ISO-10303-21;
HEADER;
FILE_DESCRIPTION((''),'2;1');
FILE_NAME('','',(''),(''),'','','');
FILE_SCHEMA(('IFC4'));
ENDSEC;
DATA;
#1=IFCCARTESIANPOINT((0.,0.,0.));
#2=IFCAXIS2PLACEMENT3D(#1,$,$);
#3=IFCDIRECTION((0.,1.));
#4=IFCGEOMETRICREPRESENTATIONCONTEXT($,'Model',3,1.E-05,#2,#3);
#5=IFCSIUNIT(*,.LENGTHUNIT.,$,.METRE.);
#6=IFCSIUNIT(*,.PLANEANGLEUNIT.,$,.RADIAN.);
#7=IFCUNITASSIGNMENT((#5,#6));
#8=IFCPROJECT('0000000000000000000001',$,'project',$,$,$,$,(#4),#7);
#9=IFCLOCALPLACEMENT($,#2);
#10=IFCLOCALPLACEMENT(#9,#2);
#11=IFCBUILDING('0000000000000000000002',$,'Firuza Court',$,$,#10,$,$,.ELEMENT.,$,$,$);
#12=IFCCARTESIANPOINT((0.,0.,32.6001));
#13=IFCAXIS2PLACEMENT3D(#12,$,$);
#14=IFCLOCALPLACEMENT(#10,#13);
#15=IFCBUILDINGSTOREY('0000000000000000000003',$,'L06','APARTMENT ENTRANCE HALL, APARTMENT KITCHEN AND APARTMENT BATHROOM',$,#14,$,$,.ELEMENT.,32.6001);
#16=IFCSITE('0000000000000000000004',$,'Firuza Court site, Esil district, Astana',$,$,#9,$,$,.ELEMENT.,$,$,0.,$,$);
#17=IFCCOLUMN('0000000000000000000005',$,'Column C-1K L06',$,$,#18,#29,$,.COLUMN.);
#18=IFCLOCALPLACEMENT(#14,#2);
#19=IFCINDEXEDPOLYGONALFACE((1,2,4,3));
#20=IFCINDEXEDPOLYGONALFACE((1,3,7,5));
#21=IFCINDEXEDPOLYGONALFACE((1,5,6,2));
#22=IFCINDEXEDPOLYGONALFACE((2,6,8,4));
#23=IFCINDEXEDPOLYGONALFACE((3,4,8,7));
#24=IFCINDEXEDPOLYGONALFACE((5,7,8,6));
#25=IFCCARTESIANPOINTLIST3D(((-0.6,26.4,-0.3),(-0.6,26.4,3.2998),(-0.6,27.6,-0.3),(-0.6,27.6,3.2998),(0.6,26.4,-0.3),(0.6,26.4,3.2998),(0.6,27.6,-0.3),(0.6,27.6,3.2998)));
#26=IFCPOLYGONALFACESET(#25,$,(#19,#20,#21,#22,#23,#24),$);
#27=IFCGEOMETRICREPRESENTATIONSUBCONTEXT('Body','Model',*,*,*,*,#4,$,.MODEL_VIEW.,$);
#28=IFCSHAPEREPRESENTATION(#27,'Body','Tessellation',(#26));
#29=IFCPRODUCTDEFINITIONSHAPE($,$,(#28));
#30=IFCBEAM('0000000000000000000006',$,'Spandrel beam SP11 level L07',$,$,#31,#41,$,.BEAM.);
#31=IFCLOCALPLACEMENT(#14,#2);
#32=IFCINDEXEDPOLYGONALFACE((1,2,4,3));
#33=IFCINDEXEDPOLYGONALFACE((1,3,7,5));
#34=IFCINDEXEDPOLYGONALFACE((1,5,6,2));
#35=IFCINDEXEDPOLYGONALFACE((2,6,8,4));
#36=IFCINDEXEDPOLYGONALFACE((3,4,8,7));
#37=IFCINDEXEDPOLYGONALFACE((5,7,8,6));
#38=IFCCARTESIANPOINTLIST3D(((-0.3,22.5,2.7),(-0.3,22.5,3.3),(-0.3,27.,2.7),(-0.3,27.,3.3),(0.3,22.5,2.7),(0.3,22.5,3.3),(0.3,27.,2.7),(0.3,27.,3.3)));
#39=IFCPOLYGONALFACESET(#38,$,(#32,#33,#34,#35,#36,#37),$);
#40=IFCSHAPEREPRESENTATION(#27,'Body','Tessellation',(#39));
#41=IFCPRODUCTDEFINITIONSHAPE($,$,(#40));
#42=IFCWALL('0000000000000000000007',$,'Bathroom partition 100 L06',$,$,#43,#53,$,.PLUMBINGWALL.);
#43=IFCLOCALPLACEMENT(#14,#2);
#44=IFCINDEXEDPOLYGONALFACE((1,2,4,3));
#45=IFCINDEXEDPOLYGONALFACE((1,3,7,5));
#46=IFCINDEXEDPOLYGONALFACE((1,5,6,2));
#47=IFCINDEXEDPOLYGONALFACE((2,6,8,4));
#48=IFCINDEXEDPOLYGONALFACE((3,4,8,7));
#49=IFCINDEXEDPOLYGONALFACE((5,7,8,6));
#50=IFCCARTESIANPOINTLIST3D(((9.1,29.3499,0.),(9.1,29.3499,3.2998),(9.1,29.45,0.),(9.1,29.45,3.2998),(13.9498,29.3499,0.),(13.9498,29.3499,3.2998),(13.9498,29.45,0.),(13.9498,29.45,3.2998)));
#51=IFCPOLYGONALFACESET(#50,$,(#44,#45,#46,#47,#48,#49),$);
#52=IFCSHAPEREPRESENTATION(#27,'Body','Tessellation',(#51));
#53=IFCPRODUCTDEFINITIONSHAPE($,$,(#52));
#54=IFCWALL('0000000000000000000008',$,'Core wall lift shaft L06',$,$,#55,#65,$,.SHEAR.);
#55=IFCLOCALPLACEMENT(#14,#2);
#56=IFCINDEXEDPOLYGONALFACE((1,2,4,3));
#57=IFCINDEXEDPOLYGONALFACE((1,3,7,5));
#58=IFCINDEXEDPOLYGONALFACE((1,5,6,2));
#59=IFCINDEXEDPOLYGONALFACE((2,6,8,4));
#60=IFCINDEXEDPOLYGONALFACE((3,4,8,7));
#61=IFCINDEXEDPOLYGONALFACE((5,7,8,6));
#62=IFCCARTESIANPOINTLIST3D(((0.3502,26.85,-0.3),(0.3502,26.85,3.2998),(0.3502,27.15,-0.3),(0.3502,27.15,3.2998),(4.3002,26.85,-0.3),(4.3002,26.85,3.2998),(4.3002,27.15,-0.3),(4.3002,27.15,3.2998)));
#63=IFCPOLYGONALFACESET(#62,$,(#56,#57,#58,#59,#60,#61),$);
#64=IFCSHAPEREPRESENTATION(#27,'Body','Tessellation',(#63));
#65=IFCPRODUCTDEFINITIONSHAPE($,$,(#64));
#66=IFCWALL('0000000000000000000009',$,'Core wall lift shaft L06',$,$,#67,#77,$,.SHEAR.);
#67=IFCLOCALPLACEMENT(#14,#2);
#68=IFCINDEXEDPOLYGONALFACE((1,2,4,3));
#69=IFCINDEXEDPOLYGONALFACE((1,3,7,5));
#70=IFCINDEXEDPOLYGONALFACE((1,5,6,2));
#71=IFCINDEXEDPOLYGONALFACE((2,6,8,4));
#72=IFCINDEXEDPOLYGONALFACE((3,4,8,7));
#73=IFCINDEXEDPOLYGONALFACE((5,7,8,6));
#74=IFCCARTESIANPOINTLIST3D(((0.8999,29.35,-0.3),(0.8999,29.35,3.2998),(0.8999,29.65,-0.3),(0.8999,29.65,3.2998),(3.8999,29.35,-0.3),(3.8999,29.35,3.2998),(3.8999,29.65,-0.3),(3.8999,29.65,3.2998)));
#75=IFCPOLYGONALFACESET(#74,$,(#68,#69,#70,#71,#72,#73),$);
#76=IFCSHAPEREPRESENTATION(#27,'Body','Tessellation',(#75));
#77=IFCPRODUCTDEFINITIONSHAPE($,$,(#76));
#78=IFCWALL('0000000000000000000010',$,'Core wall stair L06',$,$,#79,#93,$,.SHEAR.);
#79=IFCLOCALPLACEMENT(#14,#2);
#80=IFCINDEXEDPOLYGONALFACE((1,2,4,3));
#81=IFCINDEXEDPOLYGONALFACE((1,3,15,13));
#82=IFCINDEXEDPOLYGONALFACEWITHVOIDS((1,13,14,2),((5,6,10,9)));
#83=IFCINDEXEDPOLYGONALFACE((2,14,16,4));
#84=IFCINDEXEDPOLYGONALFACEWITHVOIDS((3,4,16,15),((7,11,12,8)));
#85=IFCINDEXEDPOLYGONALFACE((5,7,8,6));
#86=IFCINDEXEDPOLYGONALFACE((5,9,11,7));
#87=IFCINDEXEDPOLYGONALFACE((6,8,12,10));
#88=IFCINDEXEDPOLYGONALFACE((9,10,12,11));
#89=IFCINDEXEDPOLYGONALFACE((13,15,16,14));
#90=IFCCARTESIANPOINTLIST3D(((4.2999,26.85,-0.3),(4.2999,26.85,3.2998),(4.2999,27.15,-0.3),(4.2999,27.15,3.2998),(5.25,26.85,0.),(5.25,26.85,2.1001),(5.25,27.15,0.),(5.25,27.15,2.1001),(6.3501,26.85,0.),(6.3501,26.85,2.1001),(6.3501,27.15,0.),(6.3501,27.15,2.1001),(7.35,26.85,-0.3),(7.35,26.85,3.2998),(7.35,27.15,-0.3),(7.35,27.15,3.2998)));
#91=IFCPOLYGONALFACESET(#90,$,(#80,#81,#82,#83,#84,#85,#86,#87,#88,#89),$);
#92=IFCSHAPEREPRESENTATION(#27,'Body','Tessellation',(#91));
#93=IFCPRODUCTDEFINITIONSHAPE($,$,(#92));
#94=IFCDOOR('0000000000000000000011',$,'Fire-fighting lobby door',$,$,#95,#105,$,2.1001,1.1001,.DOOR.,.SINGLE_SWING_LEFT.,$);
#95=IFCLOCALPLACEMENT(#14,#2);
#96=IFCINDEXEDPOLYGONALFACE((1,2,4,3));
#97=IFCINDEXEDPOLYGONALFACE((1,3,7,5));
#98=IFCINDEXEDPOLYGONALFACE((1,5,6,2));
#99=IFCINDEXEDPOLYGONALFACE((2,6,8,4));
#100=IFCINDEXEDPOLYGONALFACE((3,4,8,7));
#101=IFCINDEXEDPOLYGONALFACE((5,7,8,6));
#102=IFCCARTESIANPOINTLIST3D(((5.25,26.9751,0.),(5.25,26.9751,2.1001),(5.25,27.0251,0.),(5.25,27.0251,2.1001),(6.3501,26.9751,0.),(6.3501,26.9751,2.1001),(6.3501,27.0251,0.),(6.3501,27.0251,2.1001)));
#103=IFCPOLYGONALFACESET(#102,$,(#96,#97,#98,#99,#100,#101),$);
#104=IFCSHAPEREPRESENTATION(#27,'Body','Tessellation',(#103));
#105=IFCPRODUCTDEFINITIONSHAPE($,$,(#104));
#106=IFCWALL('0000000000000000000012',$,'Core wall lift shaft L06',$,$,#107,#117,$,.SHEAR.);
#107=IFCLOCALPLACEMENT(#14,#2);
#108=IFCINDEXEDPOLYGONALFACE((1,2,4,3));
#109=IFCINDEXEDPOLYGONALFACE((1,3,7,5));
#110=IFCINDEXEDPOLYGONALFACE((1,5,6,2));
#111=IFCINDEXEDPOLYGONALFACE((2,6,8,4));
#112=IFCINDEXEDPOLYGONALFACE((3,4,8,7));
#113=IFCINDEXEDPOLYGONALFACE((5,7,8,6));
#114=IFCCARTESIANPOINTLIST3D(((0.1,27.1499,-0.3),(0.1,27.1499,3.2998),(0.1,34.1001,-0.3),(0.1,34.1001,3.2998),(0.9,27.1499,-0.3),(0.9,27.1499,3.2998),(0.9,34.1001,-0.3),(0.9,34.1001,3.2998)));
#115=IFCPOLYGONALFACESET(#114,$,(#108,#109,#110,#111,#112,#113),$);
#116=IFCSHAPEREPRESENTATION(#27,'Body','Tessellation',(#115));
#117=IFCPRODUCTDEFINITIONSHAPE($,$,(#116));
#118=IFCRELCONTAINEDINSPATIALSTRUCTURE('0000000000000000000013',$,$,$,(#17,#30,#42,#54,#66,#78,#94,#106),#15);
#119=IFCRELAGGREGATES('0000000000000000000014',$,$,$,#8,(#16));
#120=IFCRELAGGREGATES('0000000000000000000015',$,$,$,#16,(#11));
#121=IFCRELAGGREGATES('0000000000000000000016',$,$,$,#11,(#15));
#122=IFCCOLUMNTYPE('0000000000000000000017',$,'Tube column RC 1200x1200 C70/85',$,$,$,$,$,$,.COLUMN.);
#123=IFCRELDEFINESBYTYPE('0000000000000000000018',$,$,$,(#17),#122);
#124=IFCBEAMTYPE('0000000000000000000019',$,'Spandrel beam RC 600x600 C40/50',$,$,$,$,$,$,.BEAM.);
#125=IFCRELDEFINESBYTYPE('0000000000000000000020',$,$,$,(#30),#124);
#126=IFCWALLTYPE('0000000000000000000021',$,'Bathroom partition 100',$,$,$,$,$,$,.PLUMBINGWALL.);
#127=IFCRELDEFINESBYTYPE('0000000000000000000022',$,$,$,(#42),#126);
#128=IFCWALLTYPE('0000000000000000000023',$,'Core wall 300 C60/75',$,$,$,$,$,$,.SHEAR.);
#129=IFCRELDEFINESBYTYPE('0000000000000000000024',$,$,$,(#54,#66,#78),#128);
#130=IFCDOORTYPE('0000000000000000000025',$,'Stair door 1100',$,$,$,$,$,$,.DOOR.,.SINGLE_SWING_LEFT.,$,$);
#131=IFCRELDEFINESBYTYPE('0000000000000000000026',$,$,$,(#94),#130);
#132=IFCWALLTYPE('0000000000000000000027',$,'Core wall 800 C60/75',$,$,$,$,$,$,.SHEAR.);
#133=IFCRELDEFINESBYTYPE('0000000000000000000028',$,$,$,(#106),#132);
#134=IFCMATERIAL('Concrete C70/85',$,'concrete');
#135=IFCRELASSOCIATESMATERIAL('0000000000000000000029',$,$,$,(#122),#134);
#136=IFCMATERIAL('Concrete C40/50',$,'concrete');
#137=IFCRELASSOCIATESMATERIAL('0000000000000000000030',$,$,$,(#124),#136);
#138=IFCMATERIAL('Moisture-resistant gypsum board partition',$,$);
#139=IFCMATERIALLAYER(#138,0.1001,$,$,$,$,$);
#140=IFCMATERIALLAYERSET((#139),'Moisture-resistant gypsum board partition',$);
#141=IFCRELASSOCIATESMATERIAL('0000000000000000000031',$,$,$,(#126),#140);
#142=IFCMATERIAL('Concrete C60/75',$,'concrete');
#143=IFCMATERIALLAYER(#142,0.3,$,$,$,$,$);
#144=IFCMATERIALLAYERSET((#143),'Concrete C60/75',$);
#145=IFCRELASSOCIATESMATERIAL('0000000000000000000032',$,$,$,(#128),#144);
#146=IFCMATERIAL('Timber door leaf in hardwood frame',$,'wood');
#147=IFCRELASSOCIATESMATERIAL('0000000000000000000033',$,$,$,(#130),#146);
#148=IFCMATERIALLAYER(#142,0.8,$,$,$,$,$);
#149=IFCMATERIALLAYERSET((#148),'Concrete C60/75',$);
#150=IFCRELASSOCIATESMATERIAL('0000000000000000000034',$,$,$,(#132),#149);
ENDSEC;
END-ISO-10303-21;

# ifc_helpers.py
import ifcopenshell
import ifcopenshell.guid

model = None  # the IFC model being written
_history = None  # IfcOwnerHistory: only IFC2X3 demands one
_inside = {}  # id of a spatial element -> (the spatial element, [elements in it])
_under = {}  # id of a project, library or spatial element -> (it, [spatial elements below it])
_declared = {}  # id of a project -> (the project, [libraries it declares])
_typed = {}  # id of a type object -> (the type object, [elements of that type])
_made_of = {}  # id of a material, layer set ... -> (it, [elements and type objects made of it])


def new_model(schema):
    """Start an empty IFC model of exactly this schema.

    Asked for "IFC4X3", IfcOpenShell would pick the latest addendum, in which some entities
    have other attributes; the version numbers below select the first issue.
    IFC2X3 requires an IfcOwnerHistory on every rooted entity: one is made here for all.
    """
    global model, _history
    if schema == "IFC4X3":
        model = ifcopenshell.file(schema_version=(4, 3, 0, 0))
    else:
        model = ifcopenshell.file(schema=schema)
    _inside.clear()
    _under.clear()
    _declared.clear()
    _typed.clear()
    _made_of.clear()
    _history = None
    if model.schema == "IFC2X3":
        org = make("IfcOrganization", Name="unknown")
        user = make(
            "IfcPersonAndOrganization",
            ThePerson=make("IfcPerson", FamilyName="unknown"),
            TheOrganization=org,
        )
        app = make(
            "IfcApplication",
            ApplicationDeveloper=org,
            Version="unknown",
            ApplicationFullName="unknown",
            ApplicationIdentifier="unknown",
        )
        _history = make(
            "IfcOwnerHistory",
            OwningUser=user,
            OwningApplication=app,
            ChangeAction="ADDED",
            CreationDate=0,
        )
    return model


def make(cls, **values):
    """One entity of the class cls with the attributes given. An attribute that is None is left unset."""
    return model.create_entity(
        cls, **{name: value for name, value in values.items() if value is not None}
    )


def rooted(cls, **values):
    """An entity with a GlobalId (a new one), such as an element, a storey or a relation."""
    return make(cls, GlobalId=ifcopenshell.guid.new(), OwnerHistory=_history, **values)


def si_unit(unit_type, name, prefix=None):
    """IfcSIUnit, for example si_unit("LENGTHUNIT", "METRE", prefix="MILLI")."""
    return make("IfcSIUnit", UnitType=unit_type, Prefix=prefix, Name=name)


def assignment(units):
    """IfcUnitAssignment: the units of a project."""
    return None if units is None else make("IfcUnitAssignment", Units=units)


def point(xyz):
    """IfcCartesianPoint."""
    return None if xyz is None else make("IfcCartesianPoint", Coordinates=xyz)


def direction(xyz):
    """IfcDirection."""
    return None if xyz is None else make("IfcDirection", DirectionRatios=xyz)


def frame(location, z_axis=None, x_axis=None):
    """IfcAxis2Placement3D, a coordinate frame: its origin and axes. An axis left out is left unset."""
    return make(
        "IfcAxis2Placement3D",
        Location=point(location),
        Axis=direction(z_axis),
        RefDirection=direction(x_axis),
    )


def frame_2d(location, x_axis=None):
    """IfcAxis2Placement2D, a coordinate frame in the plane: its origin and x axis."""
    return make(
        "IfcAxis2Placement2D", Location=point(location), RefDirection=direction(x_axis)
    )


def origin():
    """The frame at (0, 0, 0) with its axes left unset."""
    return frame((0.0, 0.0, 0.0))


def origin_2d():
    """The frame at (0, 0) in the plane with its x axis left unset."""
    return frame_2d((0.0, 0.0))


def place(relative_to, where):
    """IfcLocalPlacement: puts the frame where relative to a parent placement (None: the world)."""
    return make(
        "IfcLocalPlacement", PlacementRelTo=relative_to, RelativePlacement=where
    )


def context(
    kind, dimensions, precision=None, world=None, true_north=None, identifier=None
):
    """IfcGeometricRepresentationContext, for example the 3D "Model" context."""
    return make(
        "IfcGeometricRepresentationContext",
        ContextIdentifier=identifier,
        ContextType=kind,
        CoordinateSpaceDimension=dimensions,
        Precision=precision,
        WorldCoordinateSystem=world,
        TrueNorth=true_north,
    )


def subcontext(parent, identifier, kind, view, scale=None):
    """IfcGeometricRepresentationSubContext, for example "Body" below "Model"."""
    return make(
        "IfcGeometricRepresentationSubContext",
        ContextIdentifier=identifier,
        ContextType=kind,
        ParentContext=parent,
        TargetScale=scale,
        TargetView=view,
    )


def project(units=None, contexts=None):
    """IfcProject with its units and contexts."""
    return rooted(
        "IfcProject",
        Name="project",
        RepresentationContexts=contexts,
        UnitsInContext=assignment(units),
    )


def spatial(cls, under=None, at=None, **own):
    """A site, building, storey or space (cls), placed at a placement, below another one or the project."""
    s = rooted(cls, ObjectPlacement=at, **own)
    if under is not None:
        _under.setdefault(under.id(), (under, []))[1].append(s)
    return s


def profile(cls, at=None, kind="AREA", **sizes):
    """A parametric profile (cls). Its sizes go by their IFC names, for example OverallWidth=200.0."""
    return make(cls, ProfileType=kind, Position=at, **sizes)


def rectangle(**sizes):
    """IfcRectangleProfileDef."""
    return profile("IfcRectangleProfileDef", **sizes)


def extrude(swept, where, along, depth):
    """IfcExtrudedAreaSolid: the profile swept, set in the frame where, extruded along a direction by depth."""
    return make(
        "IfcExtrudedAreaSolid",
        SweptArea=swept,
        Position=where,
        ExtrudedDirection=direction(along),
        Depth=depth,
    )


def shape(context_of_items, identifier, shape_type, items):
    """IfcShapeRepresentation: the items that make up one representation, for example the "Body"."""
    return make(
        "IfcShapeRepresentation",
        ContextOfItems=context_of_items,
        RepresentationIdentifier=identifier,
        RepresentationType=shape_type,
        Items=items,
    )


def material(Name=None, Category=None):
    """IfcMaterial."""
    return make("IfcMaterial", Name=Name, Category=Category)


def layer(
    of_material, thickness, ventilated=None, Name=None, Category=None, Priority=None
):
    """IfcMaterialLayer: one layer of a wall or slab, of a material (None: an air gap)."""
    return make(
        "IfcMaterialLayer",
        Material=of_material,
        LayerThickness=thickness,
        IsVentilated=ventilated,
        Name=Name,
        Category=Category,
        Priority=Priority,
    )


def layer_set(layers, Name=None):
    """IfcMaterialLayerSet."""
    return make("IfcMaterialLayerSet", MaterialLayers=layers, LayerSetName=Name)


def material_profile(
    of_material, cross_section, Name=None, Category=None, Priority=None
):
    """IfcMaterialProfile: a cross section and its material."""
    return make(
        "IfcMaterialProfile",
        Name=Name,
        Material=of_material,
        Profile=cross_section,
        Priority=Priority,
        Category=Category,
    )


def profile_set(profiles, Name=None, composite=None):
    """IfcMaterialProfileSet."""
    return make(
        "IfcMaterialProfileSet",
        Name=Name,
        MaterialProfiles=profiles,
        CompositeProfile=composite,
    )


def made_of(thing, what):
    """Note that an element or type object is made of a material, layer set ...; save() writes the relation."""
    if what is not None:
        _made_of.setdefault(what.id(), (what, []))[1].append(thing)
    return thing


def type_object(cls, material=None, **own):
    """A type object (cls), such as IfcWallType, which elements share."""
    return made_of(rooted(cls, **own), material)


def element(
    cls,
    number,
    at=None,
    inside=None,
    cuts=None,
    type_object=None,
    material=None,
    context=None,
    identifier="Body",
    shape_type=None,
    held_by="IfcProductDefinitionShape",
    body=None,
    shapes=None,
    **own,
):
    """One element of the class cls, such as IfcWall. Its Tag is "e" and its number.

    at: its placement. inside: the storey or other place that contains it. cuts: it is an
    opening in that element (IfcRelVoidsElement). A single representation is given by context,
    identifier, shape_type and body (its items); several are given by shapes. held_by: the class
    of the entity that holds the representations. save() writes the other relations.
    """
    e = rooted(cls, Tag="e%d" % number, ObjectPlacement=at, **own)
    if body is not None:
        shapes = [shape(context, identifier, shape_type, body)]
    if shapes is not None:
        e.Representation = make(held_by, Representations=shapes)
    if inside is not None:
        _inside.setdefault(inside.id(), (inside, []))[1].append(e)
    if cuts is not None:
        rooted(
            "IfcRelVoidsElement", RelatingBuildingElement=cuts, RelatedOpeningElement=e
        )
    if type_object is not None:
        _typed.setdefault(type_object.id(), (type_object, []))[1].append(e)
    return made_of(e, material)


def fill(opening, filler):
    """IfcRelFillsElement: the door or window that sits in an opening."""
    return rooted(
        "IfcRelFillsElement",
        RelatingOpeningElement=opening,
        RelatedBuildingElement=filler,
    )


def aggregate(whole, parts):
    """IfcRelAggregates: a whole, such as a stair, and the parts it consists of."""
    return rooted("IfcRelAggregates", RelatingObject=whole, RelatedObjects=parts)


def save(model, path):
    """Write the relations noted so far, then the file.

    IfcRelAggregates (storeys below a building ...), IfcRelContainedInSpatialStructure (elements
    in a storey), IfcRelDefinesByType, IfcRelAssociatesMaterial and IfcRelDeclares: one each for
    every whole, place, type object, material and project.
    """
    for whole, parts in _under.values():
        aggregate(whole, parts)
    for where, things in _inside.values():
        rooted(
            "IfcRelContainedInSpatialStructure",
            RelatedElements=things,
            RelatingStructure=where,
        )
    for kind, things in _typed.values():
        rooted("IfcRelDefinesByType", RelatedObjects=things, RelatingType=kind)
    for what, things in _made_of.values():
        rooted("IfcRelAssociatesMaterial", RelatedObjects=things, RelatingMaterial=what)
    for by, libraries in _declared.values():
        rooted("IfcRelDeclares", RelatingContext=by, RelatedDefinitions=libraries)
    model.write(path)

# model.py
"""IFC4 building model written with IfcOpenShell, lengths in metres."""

from ifc_helpers import new_model, si_unit, direction, frame, frame_2d, origin, origin_2d, place, context, subcontext, project, spatial, rectangle, extrude, material, layer, layer_set, material_profile, profile_set, type_object, element, fill, save


model = new_model("IFC4")

# Units and contexts
model_context = context("Model", 3, precision=1e-05, world=origin(), true_north=direction((0.0, 1.0)))
body_context = subcontext(model_context, "Body", "Model", "MODEL_VIEW")
ifc_project = project(units=[si_unit("LENGTHUNIT", "METRE"), si_unit("PLANEANGLEUNIT", "RADIAN")], contexts=[model_context])

# Site, building, storey
site_placement = place(None, origin())
site = spatial("IfcSite", under=ifc_project, at=site_placement, Name="Firuza Court site, Esil district, Astana", CompositionType="ELEMENT", RefElevation=0.0)
building_placement = place(site_placement, origin())
building = spatial("IfcBuilding", under=site, at=building_placement, Name="Firuza Court", CompositionType="ELEMENT")
storey_placement = place(building_placement, frame((0.0, 0.0, 32.6001)))
storey = spatial("IfcBuildingStorey", under=building, at=storey_placement, Name="L06", Description="APARTMENT ENTRANCE HALL, APARTMENT KITCHEN AND APARTMENT BATHROOM", CompositionType="ELEMENT", Elevation=32.6001)

# Column
ifc_material_1 = material(Name="Concrete C70/85", Category="concrete")
ifc_material_profile_1 = material_profile(ifc_material_1, rectangle(XDim=1.2, YDim=1.2, at=origin_2d()), Name="RC 1200x1200")
ifc_profile_set_1 = profile_set([ifc_material_profile_1], Name="Concrete C70/85")
column_type = type_object("IfcColumnType", Name="Tube column RC 1200x1200 C70/85", PredefinedType="COLUMN", material=ifc_profile_set_1)
column_placement = place(storey_placement, frame((0.0, 27.0, -0.3), z_axis=(0.0, 0.0, 1.0), x_axis=(1.0, 0.0, 0.0)))
element("IfcColumn", 1, at=column_placement, inside=storey, type_object=column_type, Name="Column C-1K L06", PredefinedType="COLUMN", context=body_context, shape_type="SweptSolid", body=[
    extrude(rectangle(XDim=1.2, YDim=1.2, at=origin_2d()), origin(), (0.0, 0.0, 1.0), 3.5999),
])

# Beam
ifc_material_2 = material(Name="Concrete C40/50", Category="concrete")
ifc_material_profile_2 = material_profile(ifc_material_2, rectangle(XDim=0.6001, YDim=0.6001, at=origin_2d()), Name="RC 600x600")
ifc_profile_set_2 = profile_set([ifc_material_profile_2], Name="Concrete C40/50")
beam_type = type_object("IfcBeamType", Name="Spandrel beam RC 600x600 C40/50", PredefinedType="BEAM", material=ifc_profile_set_2)
beam_placement = place(storey_placement, frame((0.0, 27.0, 3.0), z_axis=(0.0, -1.0, 0.0), x_axis=(1.0, 0.0, 0.0)))
element("IfcBeam", 2, at=beam_placement, inside=storey, type_object=beam_type, Name="Spandrel beam SP11 level L07", PredefinedType="BEAM", context=body_context, shape_type="SweptSolid", body=[
    extrude(rectangle(XDim=0.6001, YDim=0.6001, at=origin_2d()), origin(), (0.0, 0.0, 1.0), 4.5),
])

# Walls
ifc_material_3 = material(Name="Moisture-resistant gypsum board partition")
ifc_layer_1 = layer(ifc_material_3, 0.1001)
ifc_layer_set_1 = layer_set([ifc_layer_1], Name="Moisture-resistant gypsum board partition")
wall_type_1 = type_object("IfcWallType", Name="Bathroom partition 100", PredefinedType="PLUMBINGWALL", material=ifc_layer_set_1)
wall_1_placement = place(storey_placement, frame((9.1001, 29.3999, 0.0), z_axis=(0.0, 0.0, 1.0), x_axis=(1.0, 0.0, 0.0)))
element("IfcWall", 3, at=wall_1_placement, inside=storey, type_object=wall_type_1, Name="Bathroom partition 100 L06", PredefinedType="PLUMBINGWALL", context=body_context, shape_type="SweptSolid", body=[
    extrude(rectangle(XDim=4.8499, YDim=0.1001, at=frame_2d((2.4248, 0.0))), origin(), (0.0, 0.0, 1.0), 3.2998),
])
ifc_material_4 = material(Name="Concrete C60/75", Category="concrete")
ifc_layer_2 = layer(ifc_material_4, 0.3)
ifc_layer_set_2 = layer_set([ifc_layer_2], Name="Concrete C60/75")
wall_type_2 = type_object("IfcWallType", Name="Core wall 300 C60/75", PredefinedType="SHEAR", material=ifc_layer_set_2)
wall_2_placement = place(storey_placement, frame((0.3501, 27.0, -0.3), z_axis=(0.0, 0.0, 1.0), x_axis=(1.0, 0.0, 0.0)))
element("IfcWall", 4, at=wall_2_placement, inside=storey, type_object=wall_type_2, Name="Core wall lift shaft L06", PredefinedType="SHEAR", context=body_context, shape_type="SweptSolid", body=[
    extrude(rectangle(XDim=3.95, YDim=0.3, at=frame_2d((1.9751, 0.0))), origin(), (0.0, 0.0, 1.0), 3.5999),
])
wall_3_placement = place(storey_placement, frame((0.8999, 29.5, -0.3), z_axis=(0.0, 0.0, 1.0), x_axis=(1.0, 0.0, 0.0)))
element("IfcWall", 5, at=wall_3_placement, inside=storey, type_object=wall_type_2, Name="Core wall lift shaft L06", PredefinedType="SHEAR", context=body_context, shape_type="SweptSolid", body=[
    extrude(rectangle(XDim=3.0, YDim=0.3, at=frame_2d((1.5, 0.0))), origin(), (0.0, 0.0, 1.0), 3.5999),
])

# Wall, opening, door
wall_4_placement = place(storey_placement, frame((4.3, 27.0, -0.3), z_axis=(0.0, 0.0, 1.0), x_axis=(1.0, 0.0, 0.0)))
wall_4 = element("IfcWall", 6, at=wall_4_placement, inside=storey, type_object=wall_type_2, Name="Core wall stair L06", PredefinedType="SHEAR", context=body_context, shape_type="SweptSolid", body=[
    extrude(rectangle(XDim=3.05, YDim=0.3, at=frame_2d((1.5249, 0.0))), origin(), (0.0, 0.0, 1.0), 3.5999),
])
opening_1_placement = place(wall_4_placement, frame((0.95, 0.0, 0.3)))
opening_1 = element("IfcOpeningElement", 7, at=opening_1_placement, cuts=wall_4, PredefinedType="OPENING", context=body_context, shape_type="SweptSolid", body=[
    extrude(rectangle(XDim=1.1001, YDim=2.1001, at=frame_2d((0.55, 1.05))), frame((0.0, 0.1621, 0.0), z_axis=(0.0, -1.0, 0.0), x_axis=(1.0, 0.0, 0.0)), (0.0, 0.0, 1.0), 0.324),
])
ifc_material_5 = material(Name="Timber door leaf in hardwood frame", Category="wood")
door_type_1 = type_object("IfcDoorType", Name="Stair door 1100", OperationType="SINGLE_SWING_LEFT", PredefinedType="DOOR", material=ifc_material_5)
door_1_placement = place(opening_1_placement, frame((1.1001, 0.0, 0.0), z_axis=(0.0, 0.0, 1.0), x_axis=(-1.0, 0.0, 0.0)))
door_1 = element("IfcDoor", 8, at=door_1_placement, inside=storey, type_object=door_type_1, Name="Fire-fighting lobby door", OperationType="SINGLE_SWING_LEFT", OverallHeight=2.1001, OverallWidth=1.1001, PredefinedType="DOOR", context=body_context, shape_type="SweptSolid", body=[
    extrude(rectangle(XDim=1.1001, YDim=2.1001, at=frame_2d((0.55, 1.05))), frame((0.0, 0.0249, 0.0), z_axis=(0.0, -1.0, 0.0), x_axis=(1.0, 0.0, 0.0)), (0.0, 0.0, 1.0), 0.05),
])
fill(opening_1, door_1)

# Wall
ifc_layer_3 = layer(ifc_material_4, 0.8)
ifc_layer_set_3 = layer_set([ifc_layer_3], Name="Concrete C60/75")
wall_type_3 = type_object("IfcWallType", Name="Core wall 800 C60/75", PredefinedType="SHEAR", material=ifc_layer_set_3)
wall_5_placement = place(storey_placement, frame((0.5, 27.1499, -0.3), z_axis=(0.0, 0.0, 1.0), x_axis=(0.0, 1.0, 0.0)))
element("IfcWall", 9, at=wall_5_placement, inside=storey, type_object=wall_type_3, Name="Core wall lift shaft L06", PredefinedType="SHEAR", context=body_context, shape_type="SweptSolid", body=[
    extrude(rectangle(XDim=6.9502, YDim=0.8, at=frame_2d((3.4751, 0.0))), origin(), (0.0, 0.0, 1.0), 3.5999),
])

save(model, "model.ifc")
